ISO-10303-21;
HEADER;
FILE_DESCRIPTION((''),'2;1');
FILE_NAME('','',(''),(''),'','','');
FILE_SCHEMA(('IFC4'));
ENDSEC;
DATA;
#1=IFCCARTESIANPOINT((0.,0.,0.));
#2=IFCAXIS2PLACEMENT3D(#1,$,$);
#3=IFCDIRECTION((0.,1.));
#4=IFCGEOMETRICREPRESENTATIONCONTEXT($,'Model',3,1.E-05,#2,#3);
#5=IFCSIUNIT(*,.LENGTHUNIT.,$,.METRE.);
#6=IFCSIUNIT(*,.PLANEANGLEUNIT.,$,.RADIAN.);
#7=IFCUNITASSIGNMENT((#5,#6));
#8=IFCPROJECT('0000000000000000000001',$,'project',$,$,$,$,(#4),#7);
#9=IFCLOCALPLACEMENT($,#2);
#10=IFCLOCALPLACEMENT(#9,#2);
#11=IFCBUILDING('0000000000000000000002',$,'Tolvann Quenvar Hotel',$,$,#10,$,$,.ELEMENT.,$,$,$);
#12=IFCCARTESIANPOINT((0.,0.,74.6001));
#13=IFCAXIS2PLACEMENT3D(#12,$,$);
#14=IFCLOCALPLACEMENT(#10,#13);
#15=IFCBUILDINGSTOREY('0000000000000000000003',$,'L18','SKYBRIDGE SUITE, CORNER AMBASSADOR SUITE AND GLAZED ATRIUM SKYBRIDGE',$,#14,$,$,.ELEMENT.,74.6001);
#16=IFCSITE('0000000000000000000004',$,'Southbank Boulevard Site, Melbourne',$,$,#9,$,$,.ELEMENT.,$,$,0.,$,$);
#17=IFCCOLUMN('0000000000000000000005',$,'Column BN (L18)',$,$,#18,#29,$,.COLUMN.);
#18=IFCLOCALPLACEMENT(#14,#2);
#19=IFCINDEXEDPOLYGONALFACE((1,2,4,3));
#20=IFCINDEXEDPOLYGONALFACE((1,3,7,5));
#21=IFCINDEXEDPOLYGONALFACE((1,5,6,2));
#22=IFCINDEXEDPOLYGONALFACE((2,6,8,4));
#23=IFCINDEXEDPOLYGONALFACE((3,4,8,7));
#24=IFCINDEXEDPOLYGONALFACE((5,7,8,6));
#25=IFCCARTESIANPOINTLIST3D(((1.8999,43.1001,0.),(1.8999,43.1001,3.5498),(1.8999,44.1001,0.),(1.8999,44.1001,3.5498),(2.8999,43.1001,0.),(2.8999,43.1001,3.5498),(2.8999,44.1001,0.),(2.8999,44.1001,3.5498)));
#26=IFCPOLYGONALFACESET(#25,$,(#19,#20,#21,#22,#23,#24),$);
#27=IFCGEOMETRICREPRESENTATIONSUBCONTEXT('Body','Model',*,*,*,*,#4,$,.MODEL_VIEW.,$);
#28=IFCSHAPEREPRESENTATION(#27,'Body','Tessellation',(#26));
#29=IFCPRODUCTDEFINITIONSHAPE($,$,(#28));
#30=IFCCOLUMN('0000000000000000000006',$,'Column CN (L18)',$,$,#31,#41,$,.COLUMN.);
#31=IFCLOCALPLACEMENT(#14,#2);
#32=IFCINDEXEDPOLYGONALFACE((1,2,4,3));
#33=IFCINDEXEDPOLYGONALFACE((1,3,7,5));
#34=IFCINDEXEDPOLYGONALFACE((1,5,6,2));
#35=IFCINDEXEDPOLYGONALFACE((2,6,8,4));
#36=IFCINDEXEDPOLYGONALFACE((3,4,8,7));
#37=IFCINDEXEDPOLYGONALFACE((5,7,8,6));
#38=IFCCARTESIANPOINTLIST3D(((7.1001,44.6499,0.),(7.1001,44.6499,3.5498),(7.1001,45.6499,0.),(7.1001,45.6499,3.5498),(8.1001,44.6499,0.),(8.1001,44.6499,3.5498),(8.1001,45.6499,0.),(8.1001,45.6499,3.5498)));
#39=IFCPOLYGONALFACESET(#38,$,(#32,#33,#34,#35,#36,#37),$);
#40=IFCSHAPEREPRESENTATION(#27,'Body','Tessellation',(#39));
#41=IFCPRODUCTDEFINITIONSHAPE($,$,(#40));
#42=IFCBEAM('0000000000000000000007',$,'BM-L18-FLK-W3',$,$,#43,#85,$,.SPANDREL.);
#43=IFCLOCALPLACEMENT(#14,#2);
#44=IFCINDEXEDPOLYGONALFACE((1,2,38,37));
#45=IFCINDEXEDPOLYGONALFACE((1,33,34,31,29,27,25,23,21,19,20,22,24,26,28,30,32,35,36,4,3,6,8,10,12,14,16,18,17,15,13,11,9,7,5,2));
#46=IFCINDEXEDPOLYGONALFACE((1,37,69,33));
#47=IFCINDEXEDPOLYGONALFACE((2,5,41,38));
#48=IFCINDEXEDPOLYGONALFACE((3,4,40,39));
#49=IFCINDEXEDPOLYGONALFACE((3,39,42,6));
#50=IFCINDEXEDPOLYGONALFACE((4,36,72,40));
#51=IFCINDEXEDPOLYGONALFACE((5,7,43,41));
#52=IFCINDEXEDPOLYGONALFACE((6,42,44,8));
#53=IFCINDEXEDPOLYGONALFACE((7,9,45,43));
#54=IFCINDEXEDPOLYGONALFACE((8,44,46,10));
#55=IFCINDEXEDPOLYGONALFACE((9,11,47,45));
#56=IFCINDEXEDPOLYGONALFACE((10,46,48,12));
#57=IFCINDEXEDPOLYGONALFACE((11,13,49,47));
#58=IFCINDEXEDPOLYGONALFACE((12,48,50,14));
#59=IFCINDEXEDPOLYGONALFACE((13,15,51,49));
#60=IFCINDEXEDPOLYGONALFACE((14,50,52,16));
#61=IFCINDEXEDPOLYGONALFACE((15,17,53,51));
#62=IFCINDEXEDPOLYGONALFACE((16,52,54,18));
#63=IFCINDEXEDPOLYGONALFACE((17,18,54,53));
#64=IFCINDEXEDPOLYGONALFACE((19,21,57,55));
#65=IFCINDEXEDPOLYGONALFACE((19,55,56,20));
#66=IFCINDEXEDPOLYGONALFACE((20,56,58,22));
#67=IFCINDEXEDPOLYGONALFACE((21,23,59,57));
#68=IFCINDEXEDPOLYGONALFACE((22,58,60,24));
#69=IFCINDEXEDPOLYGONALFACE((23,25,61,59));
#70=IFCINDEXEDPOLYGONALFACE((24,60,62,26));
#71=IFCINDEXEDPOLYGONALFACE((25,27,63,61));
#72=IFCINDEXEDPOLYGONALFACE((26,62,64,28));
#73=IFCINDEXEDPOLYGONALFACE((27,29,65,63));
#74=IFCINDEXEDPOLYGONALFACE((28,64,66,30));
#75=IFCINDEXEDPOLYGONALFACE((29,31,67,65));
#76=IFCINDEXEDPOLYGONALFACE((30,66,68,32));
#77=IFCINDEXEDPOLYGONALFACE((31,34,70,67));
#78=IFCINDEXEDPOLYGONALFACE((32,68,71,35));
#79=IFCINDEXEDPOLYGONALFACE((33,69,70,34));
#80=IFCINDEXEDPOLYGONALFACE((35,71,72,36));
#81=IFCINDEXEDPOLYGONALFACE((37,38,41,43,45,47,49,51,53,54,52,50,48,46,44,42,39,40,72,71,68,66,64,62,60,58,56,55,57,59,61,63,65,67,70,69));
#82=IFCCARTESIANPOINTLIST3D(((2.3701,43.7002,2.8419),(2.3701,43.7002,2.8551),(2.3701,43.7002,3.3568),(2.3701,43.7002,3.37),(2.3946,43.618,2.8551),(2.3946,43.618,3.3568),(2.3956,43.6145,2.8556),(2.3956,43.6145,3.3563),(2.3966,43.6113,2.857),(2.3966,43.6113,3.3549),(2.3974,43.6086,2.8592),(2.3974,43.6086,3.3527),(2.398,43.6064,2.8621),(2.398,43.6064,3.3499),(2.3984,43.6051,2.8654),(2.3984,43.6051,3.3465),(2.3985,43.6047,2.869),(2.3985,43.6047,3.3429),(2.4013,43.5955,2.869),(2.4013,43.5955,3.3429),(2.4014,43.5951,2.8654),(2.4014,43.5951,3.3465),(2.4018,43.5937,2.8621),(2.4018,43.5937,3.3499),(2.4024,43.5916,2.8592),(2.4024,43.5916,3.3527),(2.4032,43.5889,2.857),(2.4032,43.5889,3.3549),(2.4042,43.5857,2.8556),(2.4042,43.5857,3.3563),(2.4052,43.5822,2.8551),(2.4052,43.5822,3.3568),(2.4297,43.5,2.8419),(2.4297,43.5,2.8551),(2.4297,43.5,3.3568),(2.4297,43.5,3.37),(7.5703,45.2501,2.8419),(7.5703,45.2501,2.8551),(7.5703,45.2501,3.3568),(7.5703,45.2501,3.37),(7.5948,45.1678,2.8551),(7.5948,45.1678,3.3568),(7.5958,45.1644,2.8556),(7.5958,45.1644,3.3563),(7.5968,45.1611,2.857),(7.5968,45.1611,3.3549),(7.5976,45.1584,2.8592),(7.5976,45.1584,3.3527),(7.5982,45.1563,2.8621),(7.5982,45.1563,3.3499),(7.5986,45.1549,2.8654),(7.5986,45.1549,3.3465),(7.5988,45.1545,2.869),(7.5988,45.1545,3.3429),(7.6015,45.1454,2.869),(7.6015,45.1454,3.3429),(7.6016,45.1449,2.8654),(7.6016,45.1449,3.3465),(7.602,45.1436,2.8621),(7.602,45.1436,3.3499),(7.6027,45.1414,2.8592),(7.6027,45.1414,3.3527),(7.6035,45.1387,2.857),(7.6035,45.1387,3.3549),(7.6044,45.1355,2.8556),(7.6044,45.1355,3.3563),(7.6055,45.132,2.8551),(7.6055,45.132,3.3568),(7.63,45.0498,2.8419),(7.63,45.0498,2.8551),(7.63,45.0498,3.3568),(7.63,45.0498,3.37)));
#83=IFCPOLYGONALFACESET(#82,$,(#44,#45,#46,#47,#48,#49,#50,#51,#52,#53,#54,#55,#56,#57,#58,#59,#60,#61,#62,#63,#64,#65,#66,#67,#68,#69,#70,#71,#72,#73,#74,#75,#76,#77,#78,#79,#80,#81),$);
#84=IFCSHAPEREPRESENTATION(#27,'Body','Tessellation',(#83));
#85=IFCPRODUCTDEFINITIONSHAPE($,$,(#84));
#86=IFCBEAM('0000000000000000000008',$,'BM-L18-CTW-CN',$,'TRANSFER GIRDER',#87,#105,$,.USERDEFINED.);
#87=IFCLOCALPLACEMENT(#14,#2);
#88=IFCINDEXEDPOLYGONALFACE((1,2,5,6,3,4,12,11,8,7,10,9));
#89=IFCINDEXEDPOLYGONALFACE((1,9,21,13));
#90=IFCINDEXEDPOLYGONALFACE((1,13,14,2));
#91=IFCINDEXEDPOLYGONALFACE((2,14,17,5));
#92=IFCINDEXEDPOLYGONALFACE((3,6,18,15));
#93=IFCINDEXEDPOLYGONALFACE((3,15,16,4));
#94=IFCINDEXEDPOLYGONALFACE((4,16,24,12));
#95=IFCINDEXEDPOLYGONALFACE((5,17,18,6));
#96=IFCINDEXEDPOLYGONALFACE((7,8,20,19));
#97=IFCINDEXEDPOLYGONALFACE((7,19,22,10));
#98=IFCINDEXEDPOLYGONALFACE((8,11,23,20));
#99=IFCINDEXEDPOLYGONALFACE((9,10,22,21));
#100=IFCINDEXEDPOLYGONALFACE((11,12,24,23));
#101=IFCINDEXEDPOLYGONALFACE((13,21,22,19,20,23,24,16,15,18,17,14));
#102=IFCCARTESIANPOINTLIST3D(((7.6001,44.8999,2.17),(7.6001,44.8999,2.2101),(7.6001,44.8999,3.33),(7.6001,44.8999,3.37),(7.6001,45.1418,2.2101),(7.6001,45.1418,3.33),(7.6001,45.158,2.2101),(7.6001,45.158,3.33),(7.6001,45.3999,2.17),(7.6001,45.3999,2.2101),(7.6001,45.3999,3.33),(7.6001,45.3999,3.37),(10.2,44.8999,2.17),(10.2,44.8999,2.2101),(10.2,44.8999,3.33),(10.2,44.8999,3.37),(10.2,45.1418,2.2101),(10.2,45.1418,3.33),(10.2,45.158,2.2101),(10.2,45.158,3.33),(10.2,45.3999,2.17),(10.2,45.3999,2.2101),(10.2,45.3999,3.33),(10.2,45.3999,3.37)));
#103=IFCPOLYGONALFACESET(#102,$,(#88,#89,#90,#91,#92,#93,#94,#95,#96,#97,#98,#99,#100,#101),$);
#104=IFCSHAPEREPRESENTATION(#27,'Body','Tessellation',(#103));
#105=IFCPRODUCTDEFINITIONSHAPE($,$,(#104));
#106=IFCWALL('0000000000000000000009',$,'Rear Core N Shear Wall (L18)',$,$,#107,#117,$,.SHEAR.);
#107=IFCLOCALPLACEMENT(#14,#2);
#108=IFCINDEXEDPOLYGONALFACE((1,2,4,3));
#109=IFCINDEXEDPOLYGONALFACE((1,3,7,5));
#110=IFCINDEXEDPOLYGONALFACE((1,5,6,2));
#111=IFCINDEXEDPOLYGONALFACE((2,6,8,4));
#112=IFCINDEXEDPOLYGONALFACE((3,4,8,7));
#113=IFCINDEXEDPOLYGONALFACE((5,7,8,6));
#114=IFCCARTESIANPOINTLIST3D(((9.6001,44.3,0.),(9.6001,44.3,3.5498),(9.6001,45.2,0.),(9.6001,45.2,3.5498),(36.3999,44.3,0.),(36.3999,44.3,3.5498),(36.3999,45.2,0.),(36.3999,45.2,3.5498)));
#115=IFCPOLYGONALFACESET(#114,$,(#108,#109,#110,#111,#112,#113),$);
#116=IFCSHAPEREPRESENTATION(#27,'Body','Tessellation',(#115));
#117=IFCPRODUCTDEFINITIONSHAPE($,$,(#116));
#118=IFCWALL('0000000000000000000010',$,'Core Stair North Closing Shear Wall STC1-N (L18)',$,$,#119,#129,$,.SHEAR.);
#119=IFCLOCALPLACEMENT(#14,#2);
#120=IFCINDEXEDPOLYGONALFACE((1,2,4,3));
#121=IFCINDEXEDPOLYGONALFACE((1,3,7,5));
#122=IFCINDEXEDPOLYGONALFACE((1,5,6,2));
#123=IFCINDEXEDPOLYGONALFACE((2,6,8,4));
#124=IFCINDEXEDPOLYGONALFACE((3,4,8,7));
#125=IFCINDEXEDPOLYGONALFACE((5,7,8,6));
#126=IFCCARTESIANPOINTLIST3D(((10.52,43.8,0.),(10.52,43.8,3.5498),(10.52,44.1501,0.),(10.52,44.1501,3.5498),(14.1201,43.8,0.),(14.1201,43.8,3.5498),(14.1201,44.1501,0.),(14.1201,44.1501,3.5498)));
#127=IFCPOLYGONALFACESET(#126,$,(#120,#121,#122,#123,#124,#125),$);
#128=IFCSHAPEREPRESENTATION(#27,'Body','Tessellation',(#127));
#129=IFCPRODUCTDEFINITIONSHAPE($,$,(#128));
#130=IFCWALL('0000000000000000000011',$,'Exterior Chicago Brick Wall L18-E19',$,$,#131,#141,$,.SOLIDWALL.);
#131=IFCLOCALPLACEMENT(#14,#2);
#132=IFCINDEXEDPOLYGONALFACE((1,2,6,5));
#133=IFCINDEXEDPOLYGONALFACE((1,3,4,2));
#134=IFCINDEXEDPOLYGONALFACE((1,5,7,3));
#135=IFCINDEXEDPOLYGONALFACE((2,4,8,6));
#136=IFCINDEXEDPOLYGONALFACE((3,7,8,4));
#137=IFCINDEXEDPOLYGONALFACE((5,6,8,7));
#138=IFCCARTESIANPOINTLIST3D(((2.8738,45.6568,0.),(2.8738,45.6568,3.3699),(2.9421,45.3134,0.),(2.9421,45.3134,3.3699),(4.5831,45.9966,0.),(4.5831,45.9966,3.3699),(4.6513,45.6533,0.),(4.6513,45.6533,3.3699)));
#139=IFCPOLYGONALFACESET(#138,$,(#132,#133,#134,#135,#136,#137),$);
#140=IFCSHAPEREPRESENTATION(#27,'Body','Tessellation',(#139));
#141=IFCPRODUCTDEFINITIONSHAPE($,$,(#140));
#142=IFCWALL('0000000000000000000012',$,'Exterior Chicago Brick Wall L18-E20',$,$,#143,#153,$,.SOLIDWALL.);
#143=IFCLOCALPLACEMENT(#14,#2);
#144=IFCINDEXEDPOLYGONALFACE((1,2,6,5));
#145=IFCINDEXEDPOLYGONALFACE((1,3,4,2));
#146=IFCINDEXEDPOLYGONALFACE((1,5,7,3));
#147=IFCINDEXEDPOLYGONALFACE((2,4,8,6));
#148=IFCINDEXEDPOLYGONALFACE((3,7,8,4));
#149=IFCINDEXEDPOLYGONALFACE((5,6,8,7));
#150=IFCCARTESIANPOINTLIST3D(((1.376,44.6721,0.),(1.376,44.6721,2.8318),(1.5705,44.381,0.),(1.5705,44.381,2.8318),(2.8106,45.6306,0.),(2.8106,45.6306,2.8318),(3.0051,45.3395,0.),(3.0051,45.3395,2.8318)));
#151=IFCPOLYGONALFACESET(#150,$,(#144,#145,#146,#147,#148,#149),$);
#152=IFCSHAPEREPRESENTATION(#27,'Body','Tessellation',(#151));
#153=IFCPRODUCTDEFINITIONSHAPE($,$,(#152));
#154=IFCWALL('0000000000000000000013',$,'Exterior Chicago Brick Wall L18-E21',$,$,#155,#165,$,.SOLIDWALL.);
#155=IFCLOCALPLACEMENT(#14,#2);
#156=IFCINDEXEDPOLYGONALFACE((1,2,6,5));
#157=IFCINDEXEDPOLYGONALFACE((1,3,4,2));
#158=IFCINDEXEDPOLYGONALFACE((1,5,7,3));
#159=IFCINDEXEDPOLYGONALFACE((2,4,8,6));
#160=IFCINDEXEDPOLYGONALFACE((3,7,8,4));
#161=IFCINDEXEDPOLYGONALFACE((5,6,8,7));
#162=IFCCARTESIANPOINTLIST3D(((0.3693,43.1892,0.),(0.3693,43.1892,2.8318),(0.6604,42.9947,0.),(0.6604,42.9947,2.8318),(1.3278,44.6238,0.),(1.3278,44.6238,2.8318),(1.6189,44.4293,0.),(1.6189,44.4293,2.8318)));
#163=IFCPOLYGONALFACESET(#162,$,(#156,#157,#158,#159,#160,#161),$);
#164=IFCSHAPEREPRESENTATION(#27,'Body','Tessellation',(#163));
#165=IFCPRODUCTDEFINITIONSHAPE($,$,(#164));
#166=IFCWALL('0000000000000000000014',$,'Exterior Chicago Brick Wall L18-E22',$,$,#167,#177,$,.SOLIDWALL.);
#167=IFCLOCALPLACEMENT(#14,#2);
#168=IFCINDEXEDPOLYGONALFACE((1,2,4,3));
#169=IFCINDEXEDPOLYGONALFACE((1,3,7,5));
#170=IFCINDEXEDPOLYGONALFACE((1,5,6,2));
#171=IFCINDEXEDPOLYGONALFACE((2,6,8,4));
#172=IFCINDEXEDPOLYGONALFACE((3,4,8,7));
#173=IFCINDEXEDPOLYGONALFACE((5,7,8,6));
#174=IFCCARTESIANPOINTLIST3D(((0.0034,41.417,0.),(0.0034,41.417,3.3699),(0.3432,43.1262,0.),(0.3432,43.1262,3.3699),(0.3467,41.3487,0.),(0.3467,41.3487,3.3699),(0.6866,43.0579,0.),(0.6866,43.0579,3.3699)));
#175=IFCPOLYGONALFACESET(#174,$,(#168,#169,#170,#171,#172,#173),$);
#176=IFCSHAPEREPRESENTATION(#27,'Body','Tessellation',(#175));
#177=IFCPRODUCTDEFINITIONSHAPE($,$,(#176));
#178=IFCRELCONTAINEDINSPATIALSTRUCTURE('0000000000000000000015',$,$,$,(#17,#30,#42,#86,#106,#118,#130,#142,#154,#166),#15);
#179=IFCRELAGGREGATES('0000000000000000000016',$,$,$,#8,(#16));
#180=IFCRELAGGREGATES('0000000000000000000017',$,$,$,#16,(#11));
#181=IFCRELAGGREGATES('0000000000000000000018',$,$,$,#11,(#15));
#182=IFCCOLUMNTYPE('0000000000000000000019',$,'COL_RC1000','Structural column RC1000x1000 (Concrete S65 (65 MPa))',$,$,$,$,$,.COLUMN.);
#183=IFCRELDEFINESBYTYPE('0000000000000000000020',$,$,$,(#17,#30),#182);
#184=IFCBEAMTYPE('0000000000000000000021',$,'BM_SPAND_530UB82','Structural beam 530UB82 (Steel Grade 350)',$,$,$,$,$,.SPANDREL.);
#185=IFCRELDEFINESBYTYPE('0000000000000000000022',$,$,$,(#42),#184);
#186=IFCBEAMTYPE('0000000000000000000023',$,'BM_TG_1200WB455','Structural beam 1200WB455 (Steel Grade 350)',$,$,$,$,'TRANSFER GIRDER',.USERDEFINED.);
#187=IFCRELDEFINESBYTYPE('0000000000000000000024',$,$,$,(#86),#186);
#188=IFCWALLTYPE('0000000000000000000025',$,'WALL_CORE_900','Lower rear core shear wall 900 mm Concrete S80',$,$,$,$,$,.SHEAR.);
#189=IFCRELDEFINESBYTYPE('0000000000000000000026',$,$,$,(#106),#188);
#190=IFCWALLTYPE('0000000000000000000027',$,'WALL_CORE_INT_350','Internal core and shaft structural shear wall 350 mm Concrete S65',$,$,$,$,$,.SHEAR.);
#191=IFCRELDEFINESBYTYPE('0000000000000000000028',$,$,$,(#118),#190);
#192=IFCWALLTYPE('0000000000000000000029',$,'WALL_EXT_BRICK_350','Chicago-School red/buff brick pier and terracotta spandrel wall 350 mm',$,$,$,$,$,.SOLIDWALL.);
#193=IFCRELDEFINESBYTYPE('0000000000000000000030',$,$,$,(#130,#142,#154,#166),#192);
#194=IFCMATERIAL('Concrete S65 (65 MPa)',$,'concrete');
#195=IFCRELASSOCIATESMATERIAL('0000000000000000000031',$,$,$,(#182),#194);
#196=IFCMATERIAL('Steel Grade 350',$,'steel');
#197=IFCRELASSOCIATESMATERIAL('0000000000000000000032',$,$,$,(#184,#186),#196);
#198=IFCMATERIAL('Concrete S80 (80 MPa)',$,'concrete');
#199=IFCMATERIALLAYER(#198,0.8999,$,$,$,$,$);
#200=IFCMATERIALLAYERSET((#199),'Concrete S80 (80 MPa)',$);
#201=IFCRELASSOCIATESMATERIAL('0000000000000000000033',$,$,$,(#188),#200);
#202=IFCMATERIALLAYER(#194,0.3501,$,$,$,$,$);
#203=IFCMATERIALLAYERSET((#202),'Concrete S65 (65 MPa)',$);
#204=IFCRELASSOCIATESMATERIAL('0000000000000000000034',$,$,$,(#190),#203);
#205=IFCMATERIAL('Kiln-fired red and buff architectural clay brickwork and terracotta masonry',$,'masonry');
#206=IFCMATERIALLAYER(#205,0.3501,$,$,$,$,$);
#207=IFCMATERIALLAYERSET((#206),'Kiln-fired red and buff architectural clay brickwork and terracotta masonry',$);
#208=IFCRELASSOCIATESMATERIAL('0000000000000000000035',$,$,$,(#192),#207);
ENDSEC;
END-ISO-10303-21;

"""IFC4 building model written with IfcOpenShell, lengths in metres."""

from ifc_helpers import new_model, si_unit, direction, frame, frame_2d, origin, origin_2d, place, context, subcontext, project, spatial, rectangle, i_section, extrude, source, transform, mapped, material, layer, layer_set, material_profile, profile_set, type_object, type_shapes, element, save


model = new_model("IFC4")

# Units and contexts
model_context = context("Model", 3, precision=1e-05, world=origin(), true_north=direction((0.0, 1.0)))
body_context = subcontext(model_context, "Body", "Model", "MODEL_VIEW")
ifc_project = project(units=[si_unit("LENGTHUNIT", "METRE"), si_unit("PLANEANGLEUNIT", "RADIAN")], contexts=[model_context])

# Site, building, storey
site_placement = place(None, origin())
site = spatial("IfcSite", under=ifc_project, at=site_placement, Name="Southbank Boulevard Site, Melbourne", CompositionType="ELEMENT", RefElevation=0.0)
building_placement = place(site_placement, origin())
building = spatial("IfcBuilding", under=site, at=building_placement, Name="Tolvann Quenvar Hotel", CompositionType="ELEMENT")
storey_placement = place(building_placement, frame((0.0, 0.0, 74.6001)))
storey = spatial("IfcBuildingStorey", under=building, at=storey_placement, Name="L18", Description="SKYBRIDGE SUITE, CORNER AMBASSADOR SUITE AND GLAZED ATRIUM SKYBRIDGE", CompositionType="ELEMENT", Elevation=74.6001)

# Columns
ifc_material_1 = material(Name="Concrete S65 (65 MPa)", Category="concrete")
ifc_material_profile_1 = material_profile(ifc_material_1, rectangle(XDim=1.0, YDim=1.0, at=origin_2d()), Name="RC1000x1000")
ifc_profile_set_1 = profile_set([ifc_material_profile_1], Name="Concrete S65 (65 MPa)")
column_type = type_object("IfcColumnType", Name="COL_RC1000", Description="Structural column RC1000x1000 (Concrete S65 (65 MPa))", PredefinedType="COLUMN", material=ifc_profile_set_1)
shared_shape_1 = source(origin(), body_context, "Body", "SweptSolid", [
    extrude(rectangle(XDim=1.0, YDim=1.0, at=origin_2d()), origin(), (0.0, 0.0, 1.0), 3.5498),
])
type_shapes(column_type, [shared_shape_1])
for number, where, z_axis, x_axis, name in (
    (1, (2.3999, 43.6001, 0.0), (0.0, 0.0, 1.0), (1.0, 0.0, 0.0), "Column BN (L18)"),
    (2, (7.6001, 45.1499, 0.0), (0.0, 0.0, 1.0), (1.0, 0.0, 0.0), "Column CN (L18)"),
):
    element("IfcColumn", number, at=place(storey_placement, frame(where, z_axis=z_axis, x_axis=x_axis)), inside=storey, type_object=column_type, Name=name, PredefinedType="COLUMN", context=body_context, shape_type="MappedRepresentation", body=[
        mapped(shared_shape_1, transform((0.0, 0.0, 0.0), x_axis=(1.0, 0.0, 0.0), y_axis=(0.0, 1.0, 0.0), z_axis=(0.0, 0.0, 1.0), scale=1.0)),
    ])

# Beams
ifc_material_2 = material(Name="Steel Grade 350", Category="steel")
ifc_material_profile_2 = material_profile(ifc_material_2, i_section(OverallWidth=0.209, OverallDepth=0.5281, WebThickness=0.0095, FlangeThickness=0.0132, FilletRadius=0.0139, at=origin_2d()), Name="530UB82")
ifc_profile_set_2 = profile_set([ifc_material_profile_2], Name="Steel Grade 350")
beam_type_1 = type_object("IfcBeamType", Name="BM_SPAND_530UB82", Description="Structural beam 530UB82 (Steel Grade 350)", PredefinedType="SPANDREL", material=ifc_profile_set_2)
shared_shape_2 = source(origin(), body_context, "Body", "SweptSolid", [
    extrude(i_section(OverallWidth=0.209, OverallDepth=0.5281, WebThickness=0.0095, FlangeThickness=0.0132, FilletRadius=0.0139, at=origin_2d()), origin(), (0.0, 0.0, 1.0), 5.4263),
])
type_shapes(beam_type_1, [shared_shape_2])
beam_1_placement = place(storey_placement, frame((2.3999, 43.6001, 3.106), z_axis=(0.958345, 0.285614, 0.0), x_axis=(-0.285614, 0.958345, 0.0)))
element("IfcBeam", 3, at=beam_1_placement, inside=storey, type_object=beam_type_1, Name="BM-L18-FLK-W3", PredefinedType="SPANDREL", context=body_context, shape_type="MappedRepresentation", body=[
    mapped(shared_shape_2, transform((0.0, 0.0, 0.0), x_axis=(1.0, 0.0, 0.0), y_axis=(0.0, 1.0, 0.0), z_axis=(0.0, 0.0, 1.0), scale=1.0)),
])
ifc_material_profile_3 = material_profile(ifc_material_2, i_section(OverallWidth=0.5, OverallDepth=1.2, WebThickness=0.0161, FlangeThickness=0.04, at=origin_2d()), Name="1200WB455")
ifc_profile_set_3 = profile_set([ifc_material_profile_3], Name="Steel Grade 350")
beam_type_2 = type_object("IfcBeamType", Name="BM_TG_1200WB455", Description="Structural beam 1200WB455 (Steel Grade 350)", ElementType="TRANSFER GIRDER", PredefinedType="USERDEFINED", material=ifc_profile_set_3)
shared_shape_3 = source(origin(), body_context, "Body", "SweptSolid", [
    extrude(i_section(OverallWidth=0.5, OverallDepth=1.2, WebThickness=0.0161, FlangeThickness=0.04, at=origin_2d()), origin(), (0.0, 0.0, 1.0), 2.5999),
])
type_shapes(beam_type_2, [shared_shape_3])
beam_2_placement = place(storey_placement, frame((7.6001, 45.1499, 2.77), z_axis=(1.0, 0.0, 0.0), x_axis=(0.0, 1.0, 0.0)))
element("IfcBeam", 4, at=beam_2_placement, inside=storey, type_object=beam_type_2, Name="BM-L18-CTW-CN", ObjectType="TRANSFER GIRDER", PredefinedType="USERDEFINED", context=body_context, shape_type="MappedRepresentation", body=[
    mapped(shared_shape_3, transform((0.0, 0.0, 0.0), x_axis=(1.0, 0.0, 0.0), y_axis=(0.0, 1.0, 0.0), z_axis=(0.0, 0.0, 1.0), scale=1.0)),
])

# Walls
ifc_material_3 = material(Name="Concrete S80 (80 MPa)", Category="concrete")
ifc_layer_1 = layer(ifc_material_3, 0.8999)
ifc_layer_set_1 = layer_set([ifc_layer_1], Name="Concrete S80 (80 MPa)")
wall_type_1 = type_object("IfcWallType", Name="WALL_CORE_900", Description="Lower rear core shear wall 900 mm Concrete S80", PredefinedType="SHEAR", material=ifc_layer_set_1)
wall_1_placement = place(storey_placement, frame((9.6001, 44.75, 0.0), z_axis=(0.0, 0.0, 1.0), x_axis=(1.0, 0.0, 0.0)))
element("IfcWall", 5, at=wall_1_placement, inside=storey, type_object=wall_type_1, Name="Rear Core N Shear Wall (L18)", PredefinedType="SHEAR", context=body_context, shape_type="SweptSolid", body=[
    extrude(rectangle(XDim=26.7998, YDim=0.8999, at=frame_2d((13.3999, 0.0))), origin(), (0.0, 0.0, 1.0), 3.5498),
])
ifc_layer_2 = layer(ifc_material_1, 0.3501)
ifc_layer_set_2 = layer_set([ifc_layer_2], Name="Concrete S65 (65 MPa)")
wall_type_2 = type_object("IfcWallType", Name="WALL_CORE_INT_350", Description="Internal core and shaft structural shear wall 350 mm Concrete S65", PredefinedType="SHEAR", material=ifc_layer_set_2)
wall_2_placement = place(storey_placement, frame((10.52, 43.9751, 0.0), z_axis=(0.0, 0.0, 1.0), x_axis=(1.0, 0.0, 0.0)))
element("IfcWall", 6, at=wall_2_placement, inside=storey, type_object=wall_type_2, Name="Core Stair North Closing Shear Wall STC1-N (L18)", PredefinedType="SHEAR", context=body_context, shape_type="SweptSolid", body=[
    extrude(rectangle(XDim=3.6001, YDim=0.3501, at=frame_2d((1.8, 0.0))), origin(), (0.0, 0.0, 1.0), 3.5498),
])
ifc_material_4 = material(Name="Kiln-fired red and buff architectural clay brickwork and terracotta masonry", Category="masonry")
ifc_layer_3 = layer(ifc_material_4, 0.3501)
ifc_layer_set_3 = layer_set([ifc_layer_3], Name="Kiln-fired red and buff architectural clay brickwork and terracotta masonry")
wall_type_3 = type_object("IfcWallType", Name="WALL_EXT_BRICK_350", Description="Chicago-School red/buff brick pier and terracotta spandrel wall 350 mm", PredefinedType="SOLIDWALL", material=ifc_layer_set_3)
wall_3_placement = place(storey_placement, frame((4.6172, 45.825, 0.0), z_axis=(0.0, 0.0, 1.0), x_axis=(-0.980801, -0.195011, 0.0)))
element("IfcWall", 7, at=wall_3_placement, inside=storey, type_object=wall_type_3, Name="Exterior Chicago Brick Wall L18-E19", PredefinedType="SOLIDWALL", context=body_context, shape_type="SweptSolid", body=[
    extrude(rectangle(XDim=1.7427, YDim=0.3501, at=frame_2d((0.8713, 0.0))), origin(), (0.0, 0.0, 1.0), 3.3699),
])
for number, where, z_axis, x_axis, name in (
    (8, (2.908, 45.4851, 0.0), (0.0, 0.0, 1.0), (-0.831484, -0.555549, 0.0), "Exterior Chicago Brick Wall L18-E20"),
    (9, (1.4734, 44.5266, 0.0), (0.0, 0.0, 1.0), (-0.555549, -0.831484, 0.0), "Exterior Chicago Brick Wall L18-E21"),
):
    element("IfcWall", number, at=place(storey_placement, frame(where, z_axis=z_axis, x_axis=x_axis)), inside=storey, type_object=wall_type_3, Name=name, PredefinedType="SOLIDWALL", context=body_context, shape_type="SweptSolid", body=[
        extrude(rectangle(XDim=1.7253, YDim=0.3501, at=frame_2d((0.8628, 0.0))), origin(), (0.0, 0.0, 1.0), 2.8318),
    ])
wall_4_placement = place(storey_placement, frame((0.5149, 43.092, 0.0), z_axis=(0.0, 0.0, 1.0), x_axis=(-0.195011, -0.980801, 0.0)))
element("IfcWall", 10, at=wall_4_placement, inside=storey, type_object=wall_type_3, Name="Exterior Chicago Brick Wall L18-E22", PredefinedType="SOLIDWALL", context=body_context, shape_type="SweptSolid", body=[
    extrude(rectangle(XDim=1.7427, YDim=0.3501, at=frame_2d((0.8713, 0.0))), origin(), (0.0, 0.0, 1.0), 3.3699),
])

save(model, "model.ifc")
